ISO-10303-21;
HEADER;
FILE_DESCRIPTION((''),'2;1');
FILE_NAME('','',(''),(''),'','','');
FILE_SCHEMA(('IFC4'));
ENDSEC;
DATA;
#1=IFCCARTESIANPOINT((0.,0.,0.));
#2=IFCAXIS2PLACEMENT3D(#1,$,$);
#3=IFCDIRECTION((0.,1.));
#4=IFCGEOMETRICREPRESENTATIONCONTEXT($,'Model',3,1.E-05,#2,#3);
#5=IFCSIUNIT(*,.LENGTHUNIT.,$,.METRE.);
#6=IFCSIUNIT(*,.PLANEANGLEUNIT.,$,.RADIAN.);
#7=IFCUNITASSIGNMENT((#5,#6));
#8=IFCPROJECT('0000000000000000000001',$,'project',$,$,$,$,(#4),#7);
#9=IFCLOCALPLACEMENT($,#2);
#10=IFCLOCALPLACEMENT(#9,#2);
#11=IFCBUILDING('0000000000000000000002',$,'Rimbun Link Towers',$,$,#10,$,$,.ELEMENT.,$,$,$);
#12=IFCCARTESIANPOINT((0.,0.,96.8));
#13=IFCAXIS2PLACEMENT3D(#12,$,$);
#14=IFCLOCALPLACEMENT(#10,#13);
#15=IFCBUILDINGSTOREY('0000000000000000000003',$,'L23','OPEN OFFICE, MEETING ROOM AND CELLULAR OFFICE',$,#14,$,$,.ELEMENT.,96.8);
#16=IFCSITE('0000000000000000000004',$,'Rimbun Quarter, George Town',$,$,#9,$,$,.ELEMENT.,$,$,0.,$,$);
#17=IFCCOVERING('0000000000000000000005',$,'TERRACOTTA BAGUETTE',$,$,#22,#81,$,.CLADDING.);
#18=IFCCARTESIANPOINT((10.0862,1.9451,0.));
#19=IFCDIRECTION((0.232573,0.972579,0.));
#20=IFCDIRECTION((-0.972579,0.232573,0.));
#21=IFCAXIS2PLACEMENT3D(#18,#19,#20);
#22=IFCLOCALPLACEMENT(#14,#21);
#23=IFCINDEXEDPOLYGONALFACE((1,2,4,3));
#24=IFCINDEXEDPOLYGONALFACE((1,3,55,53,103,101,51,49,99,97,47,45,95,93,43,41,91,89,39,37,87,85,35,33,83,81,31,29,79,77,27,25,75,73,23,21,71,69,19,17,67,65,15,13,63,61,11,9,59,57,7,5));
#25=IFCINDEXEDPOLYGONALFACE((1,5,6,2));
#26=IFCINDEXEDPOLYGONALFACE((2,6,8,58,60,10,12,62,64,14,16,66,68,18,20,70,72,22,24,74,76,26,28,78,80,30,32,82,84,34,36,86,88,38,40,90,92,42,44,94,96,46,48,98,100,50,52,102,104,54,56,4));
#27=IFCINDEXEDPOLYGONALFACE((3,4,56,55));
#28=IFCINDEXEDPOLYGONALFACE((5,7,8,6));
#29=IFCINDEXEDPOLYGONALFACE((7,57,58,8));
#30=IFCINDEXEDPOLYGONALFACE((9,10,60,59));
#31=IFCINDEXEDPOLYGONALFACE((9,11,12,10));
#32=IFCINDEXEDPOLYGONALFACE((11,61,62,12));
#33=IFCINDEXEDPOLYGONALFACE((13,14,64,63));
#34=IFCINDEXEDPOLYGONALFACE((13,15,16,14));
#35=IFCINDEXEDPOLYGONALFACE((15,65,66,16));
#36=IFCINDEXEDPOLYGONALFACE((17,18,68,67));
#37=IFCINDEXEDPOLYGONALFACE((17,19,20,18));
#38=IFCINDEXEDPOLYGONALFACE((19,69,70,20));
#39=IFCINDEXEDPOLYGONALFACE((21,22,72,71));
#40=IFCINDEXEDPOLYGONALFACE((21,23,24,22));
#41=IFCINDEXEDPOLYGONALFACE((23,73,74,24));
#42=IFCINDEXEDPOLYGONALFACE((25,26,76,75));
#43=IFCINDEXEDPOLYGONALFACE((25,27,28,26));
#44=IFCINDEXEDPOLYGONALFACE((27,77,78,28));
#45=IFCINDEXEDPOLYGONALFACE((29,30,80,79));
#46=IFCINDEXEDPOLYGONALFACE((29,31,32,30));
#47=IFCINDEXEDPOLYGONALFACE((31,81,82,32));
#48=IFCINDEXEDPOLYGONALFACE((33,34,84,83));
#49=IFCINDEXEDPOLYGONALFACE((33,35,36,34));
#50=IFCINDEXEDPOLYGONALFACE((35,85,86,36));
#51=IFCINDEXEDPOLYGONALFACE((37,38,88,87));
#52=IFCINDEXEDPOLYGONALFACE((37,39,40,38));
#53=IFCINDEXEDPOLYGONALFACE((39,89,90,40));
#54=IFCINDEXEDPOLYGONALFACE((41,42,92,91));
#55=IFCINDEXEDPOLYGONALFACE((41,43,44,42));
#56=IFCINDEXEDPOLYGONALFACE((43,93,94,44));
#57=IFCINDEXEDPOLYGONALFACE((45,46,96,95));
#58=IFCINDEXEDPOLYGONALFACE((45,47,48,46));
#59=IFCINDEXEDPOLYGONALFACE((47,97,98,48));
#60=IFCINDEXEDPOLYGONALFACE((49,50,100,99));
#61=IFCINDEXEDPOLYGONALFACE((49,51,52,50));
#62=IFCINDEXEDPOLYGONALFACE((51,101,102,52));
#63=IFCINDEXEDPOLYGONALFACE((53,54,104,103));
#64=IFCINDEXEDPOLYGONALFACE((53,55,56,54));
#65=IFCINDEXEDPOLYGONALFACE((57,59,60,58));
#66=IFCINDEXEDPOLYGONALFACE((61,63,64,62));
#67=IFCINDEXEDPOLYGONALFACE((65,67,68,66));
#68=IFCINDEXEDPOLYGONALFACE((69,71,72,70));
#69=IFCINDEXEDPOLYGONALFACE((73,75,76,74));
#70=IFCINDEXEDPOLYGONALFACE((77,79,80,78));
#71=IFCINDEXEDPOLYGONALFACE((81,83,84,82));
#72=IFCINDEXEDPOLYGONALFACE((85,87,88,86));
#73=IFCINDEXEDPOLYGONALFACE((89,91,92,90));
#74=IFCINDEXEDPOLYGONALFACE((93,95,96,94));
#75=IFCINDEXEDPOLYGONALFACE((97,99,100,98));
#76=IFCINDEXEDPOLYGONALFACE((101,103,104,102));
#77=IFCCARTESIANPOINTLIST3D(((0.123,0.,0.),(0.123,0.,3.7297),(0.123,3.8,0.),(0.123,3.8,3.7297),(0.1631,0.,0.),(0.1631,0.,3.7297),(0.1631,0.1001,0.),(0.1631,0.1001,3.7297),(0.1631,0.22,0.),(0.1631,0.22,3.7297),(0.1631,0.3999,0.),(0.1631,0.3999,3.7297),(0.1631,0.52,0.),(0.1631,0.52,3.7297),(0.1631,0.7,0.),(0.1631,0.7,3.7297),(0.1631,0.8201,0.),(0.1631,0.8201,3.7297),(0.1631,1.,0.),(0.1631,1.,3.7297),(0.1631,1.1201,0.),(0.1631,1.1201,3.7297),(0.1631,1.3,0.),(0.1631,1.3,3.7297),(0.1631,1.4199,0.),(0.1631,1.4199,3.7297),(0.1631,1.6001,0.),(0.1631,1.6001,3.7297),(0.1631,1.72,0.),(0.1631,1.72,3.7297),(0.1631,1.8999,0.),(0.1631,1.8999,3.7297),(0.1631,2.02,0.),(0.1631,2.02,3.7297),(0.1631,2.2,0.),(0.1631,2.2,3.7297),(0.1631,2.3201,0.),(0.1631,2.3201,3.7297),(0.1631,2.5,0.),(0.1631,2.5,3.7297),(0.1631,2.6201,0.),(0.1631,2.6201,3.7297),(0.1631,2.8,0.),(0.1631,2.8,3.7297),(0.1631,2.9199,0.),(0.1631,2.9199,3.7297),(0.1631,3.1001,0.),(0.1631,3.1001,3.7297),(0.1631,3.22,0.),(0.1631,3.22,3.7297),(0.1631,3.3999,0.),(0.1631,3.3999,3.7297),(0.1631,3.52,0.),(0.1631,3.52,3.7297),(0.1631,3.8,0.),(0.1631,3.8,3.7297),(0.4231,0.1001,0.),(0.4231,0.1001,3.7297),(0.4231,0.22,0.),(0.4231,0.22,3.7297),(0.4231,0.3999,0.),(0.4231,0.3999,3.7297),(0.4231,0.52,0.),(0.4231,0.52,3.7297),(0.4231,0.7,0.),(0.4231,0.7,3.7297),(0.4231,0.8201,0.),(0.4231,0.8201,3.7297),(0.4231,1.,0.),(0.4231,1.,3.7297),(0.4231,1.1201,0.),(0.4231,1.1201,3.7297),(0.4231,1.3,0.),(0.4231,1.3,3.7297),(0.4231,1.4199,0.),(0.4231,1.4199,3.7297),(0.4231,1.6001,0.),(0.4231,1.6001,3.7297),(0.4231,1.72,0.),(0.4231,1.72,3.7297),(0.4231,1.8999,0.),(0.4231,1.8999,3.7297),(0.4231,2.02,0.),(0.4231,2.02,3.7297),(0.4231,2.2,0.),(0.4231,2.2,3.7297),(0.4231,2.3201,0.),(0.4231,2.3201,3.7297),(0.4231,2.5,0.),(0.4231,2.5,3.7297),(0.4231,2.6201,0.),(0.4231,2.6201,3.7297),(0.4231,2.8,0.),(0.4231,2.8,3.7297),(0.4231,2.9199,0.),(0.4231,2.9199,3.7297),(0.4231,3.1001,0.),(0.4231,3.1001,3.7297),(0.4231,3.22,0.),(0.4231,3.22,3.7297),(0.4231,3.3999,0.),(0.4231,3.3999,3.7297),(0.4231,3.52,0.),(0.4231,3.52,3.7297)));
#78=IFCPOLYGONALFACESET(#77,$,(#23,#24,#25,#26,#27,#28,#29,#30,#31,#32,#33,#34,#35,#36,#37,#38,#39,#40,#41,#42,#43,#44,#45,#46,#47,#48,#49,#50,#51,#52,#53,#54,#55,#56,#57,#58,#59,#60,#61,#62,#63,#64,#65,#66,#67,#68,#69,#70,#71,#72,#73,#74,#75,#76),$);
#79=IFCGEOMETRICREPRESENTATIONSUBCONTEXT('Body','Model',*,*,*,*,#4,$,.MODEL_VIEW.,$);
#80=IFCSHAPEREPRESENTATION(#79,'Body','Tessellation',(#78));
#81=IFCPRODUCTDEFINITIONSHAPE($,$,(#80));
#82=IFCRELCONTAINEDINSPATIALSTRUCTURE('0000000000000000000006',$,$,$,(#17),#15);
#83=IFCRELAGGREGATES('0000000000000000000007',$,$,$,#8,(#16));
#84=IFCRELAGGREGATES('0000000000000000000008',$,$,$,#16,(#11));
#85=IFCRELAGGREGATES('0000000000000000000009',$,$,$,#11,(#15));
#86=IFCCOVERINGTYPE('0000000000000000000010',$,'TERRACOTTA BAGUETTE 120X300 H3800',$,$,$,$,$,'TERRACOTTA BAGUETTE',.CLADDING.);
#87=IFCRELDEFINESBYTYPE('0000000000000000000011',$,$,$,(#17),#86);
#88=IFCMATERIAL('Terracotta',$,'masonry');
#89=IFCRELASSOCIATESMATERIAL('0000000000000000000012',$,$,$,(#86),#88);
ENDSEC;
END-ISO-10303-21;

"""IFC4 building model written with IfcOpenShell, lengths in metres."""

from ifc_helpers import new_model, si_unit, direction, frame, origin, place, context, subcontext, project, spatial, polyline, outline, extrude, material, material_profile, profile_set, type_object, element, save


model = new_model("IFC4")

# Units and contexts
model_context = context("Model", 3, precision=1e-05, world=origin(), true_north=direction((0.0, 1.0)))
body_context = subcontext(model_context, "Body", "Model", "MODEL_VIEW")
ifc_project = project(units=[si_unit("LENGTHUNIT", "METRE"), si_unit("PLANEANGLEUNIT", "RADIAN")], contexts=[model_context])

# Site, building, storey
site_placement = place(None, origin())
site = spatial("IfcSite", under=ifc_project, at=site_placement, Name="Rimbun Quarter, George Town", CompositionType="ELEMENT", RefElevation=0.0)
building_placement = place(site_placement, origin())
building = spatial("IfcBuilding", under=site, at=building_placement, Name="Rimbun Link Towers", CompositionType="ELEMENT")
storey_placement = place(building_placement, frame((0.0, 0.0, 96.8)))
storey = spatial("IfcBuildingStorey", under=building, at=storey_placement, Name="L23", Description="OPEN OFFICE, MEETING ROOM AND CELLULAR OFFICE", CompositionType="ELEMENT", Elevation=96.8)

# Covering
ifc_material_1 = material(Name="Terracotta", Category="masonry")
ifc_material_profile_1 = material_profile(ifc_material_1, outline(polyline([(0.123, 0.0), (0.1631, 0.0), (0.1631, 0.1001), (0.4231, 0.1001), (0.4231, 0.22), (0.1631, 0.22), (0.1631, 0.3999), (0.4231, 0.3999), (0.4231, 0.52), (0.1631, 0.52), (0.1631, 0.7), (0.4231, 0.7), (0.4231, 0.8201), (0.1631, 0.8201), (0.1631, 1.0), (0.4231, 1.0), (0.4231, 1.1201), (0.1631, 1.1201), (0.1631, 1.3), (0.4231, 1.3), (0.4231, 1.4199), (0.1631, 1.4199), (0.1631, 1.6001), (0.4231, 1.6001), (0.4231, 1.72), (0.1631, 1.72), (0.1631, 1.8999), (0.4231, 1.8999), (0.4231, 2.02), (0.1631, 2.02), (0.1631, 2.2), (0.4231, 2.2), (0.4231, 2.3201), (0.1631, 2.3201), (0.1631, 2.5), (0.4231, 2.5), (0.4231, 2.6201), (0.1631, 2.6201), (0.1631, 2.8), (0.4231, 2.8), (0.4231, 2.9199), (0.1631, 2.9199), (0.1631, 3.1001), (0.4231, 3.1001), (0.4231, 3.22), (0.1631, 3.22), (0.1631, 3.3999), (0.4231, 3.3999), (0.4231, 3.52), (0.1631, 3.52), (0.1631, 3.8), (0.123, 3.8), (0.123, 0.0)])), Name="BAGUETTE 120X300")
ifc_profile_set_1 = profile_set([ifc_material_profile_1], Name="Terracotta")
covering_type_1 = type_object("IfcCoveringType", Name="TERRACOTTA BAGUETTE 120X300 H3800", ElementType="TERRACOTTA BAGUETTE", PredefinedType="CLADDING", material=ifc_profile_set_1)
covering_1_placement = place(storey_placement, frame((10.0862, 1.9451, 0.0), z_axis=(0.232573, 0.972579, 0.0), x_axis=(-0.972579, 0.232573, 0.0)))
element("IfcCovering", 1, at=covering_1_placement, inside=storey, type_object=covering_type_1, Name="TERRACOTTA BAGUETTE", PredefinedType="CLADDING", context=body_context, shape_type="SweptSolid", body=[
    extrude(outline(polyline([(0.123, 0.0), (0.1631, 0.0), (0.1631, 0.1001), (0.4231, 0.1001), (0.4231, 0.22), (0.1631, 0.22), (0.1631, 0.3999), (0.4231, 0.3999), (0.4231, 0.52), (0.1631, 0.52), (0.1631, 0.7), (0.4231, 0.7), (0.4231, 0.8201), (0.1631, 0.8201), (0.1631, 1.0), (0.4231, 1.0), (0.4231, 1.1201), (0.1631, 1.1201), (0.1631, 1.3), (0.4231, 1.3), (0.4231, 1.4199), (0.1631, 1.4199), (0.1631, 1.6001), (0.4231, 1.6001), (0.4231, 1.72), (0.1631, 1.72), (0.1631, 1.8999), (0.4231, 1.8999), (0.4231, 2.02), (0.1631, 2.02), (0.1631, 2.2), (0.4231, 2.2), (0.4231, 2.3201), (0.1631, 2.3201), (0.1631, 2.5), (0.4231, 2.5), (0.4231, 2.6201), (0.1631, 2.6201), (0.1631, 2.8), (0.4231, 2.8), (0.4231, 2.9199), (0.1631, 2.9199), (0.1631, 3.1001), (0.4231, 3.1001), (0.4231, 3.22), (0.1631, 3.22), (0.1631, 3.3999), (0.4231, 3.3999), (0.4231, 3.52), (0.1631, 3.52), (0.1631, 3.8), (0.123, 3.8), (0.123, 0.0)])), origin(), (0.0, 0.0, 1.0), 3.7297),
])

save(model, "model.ifc")
